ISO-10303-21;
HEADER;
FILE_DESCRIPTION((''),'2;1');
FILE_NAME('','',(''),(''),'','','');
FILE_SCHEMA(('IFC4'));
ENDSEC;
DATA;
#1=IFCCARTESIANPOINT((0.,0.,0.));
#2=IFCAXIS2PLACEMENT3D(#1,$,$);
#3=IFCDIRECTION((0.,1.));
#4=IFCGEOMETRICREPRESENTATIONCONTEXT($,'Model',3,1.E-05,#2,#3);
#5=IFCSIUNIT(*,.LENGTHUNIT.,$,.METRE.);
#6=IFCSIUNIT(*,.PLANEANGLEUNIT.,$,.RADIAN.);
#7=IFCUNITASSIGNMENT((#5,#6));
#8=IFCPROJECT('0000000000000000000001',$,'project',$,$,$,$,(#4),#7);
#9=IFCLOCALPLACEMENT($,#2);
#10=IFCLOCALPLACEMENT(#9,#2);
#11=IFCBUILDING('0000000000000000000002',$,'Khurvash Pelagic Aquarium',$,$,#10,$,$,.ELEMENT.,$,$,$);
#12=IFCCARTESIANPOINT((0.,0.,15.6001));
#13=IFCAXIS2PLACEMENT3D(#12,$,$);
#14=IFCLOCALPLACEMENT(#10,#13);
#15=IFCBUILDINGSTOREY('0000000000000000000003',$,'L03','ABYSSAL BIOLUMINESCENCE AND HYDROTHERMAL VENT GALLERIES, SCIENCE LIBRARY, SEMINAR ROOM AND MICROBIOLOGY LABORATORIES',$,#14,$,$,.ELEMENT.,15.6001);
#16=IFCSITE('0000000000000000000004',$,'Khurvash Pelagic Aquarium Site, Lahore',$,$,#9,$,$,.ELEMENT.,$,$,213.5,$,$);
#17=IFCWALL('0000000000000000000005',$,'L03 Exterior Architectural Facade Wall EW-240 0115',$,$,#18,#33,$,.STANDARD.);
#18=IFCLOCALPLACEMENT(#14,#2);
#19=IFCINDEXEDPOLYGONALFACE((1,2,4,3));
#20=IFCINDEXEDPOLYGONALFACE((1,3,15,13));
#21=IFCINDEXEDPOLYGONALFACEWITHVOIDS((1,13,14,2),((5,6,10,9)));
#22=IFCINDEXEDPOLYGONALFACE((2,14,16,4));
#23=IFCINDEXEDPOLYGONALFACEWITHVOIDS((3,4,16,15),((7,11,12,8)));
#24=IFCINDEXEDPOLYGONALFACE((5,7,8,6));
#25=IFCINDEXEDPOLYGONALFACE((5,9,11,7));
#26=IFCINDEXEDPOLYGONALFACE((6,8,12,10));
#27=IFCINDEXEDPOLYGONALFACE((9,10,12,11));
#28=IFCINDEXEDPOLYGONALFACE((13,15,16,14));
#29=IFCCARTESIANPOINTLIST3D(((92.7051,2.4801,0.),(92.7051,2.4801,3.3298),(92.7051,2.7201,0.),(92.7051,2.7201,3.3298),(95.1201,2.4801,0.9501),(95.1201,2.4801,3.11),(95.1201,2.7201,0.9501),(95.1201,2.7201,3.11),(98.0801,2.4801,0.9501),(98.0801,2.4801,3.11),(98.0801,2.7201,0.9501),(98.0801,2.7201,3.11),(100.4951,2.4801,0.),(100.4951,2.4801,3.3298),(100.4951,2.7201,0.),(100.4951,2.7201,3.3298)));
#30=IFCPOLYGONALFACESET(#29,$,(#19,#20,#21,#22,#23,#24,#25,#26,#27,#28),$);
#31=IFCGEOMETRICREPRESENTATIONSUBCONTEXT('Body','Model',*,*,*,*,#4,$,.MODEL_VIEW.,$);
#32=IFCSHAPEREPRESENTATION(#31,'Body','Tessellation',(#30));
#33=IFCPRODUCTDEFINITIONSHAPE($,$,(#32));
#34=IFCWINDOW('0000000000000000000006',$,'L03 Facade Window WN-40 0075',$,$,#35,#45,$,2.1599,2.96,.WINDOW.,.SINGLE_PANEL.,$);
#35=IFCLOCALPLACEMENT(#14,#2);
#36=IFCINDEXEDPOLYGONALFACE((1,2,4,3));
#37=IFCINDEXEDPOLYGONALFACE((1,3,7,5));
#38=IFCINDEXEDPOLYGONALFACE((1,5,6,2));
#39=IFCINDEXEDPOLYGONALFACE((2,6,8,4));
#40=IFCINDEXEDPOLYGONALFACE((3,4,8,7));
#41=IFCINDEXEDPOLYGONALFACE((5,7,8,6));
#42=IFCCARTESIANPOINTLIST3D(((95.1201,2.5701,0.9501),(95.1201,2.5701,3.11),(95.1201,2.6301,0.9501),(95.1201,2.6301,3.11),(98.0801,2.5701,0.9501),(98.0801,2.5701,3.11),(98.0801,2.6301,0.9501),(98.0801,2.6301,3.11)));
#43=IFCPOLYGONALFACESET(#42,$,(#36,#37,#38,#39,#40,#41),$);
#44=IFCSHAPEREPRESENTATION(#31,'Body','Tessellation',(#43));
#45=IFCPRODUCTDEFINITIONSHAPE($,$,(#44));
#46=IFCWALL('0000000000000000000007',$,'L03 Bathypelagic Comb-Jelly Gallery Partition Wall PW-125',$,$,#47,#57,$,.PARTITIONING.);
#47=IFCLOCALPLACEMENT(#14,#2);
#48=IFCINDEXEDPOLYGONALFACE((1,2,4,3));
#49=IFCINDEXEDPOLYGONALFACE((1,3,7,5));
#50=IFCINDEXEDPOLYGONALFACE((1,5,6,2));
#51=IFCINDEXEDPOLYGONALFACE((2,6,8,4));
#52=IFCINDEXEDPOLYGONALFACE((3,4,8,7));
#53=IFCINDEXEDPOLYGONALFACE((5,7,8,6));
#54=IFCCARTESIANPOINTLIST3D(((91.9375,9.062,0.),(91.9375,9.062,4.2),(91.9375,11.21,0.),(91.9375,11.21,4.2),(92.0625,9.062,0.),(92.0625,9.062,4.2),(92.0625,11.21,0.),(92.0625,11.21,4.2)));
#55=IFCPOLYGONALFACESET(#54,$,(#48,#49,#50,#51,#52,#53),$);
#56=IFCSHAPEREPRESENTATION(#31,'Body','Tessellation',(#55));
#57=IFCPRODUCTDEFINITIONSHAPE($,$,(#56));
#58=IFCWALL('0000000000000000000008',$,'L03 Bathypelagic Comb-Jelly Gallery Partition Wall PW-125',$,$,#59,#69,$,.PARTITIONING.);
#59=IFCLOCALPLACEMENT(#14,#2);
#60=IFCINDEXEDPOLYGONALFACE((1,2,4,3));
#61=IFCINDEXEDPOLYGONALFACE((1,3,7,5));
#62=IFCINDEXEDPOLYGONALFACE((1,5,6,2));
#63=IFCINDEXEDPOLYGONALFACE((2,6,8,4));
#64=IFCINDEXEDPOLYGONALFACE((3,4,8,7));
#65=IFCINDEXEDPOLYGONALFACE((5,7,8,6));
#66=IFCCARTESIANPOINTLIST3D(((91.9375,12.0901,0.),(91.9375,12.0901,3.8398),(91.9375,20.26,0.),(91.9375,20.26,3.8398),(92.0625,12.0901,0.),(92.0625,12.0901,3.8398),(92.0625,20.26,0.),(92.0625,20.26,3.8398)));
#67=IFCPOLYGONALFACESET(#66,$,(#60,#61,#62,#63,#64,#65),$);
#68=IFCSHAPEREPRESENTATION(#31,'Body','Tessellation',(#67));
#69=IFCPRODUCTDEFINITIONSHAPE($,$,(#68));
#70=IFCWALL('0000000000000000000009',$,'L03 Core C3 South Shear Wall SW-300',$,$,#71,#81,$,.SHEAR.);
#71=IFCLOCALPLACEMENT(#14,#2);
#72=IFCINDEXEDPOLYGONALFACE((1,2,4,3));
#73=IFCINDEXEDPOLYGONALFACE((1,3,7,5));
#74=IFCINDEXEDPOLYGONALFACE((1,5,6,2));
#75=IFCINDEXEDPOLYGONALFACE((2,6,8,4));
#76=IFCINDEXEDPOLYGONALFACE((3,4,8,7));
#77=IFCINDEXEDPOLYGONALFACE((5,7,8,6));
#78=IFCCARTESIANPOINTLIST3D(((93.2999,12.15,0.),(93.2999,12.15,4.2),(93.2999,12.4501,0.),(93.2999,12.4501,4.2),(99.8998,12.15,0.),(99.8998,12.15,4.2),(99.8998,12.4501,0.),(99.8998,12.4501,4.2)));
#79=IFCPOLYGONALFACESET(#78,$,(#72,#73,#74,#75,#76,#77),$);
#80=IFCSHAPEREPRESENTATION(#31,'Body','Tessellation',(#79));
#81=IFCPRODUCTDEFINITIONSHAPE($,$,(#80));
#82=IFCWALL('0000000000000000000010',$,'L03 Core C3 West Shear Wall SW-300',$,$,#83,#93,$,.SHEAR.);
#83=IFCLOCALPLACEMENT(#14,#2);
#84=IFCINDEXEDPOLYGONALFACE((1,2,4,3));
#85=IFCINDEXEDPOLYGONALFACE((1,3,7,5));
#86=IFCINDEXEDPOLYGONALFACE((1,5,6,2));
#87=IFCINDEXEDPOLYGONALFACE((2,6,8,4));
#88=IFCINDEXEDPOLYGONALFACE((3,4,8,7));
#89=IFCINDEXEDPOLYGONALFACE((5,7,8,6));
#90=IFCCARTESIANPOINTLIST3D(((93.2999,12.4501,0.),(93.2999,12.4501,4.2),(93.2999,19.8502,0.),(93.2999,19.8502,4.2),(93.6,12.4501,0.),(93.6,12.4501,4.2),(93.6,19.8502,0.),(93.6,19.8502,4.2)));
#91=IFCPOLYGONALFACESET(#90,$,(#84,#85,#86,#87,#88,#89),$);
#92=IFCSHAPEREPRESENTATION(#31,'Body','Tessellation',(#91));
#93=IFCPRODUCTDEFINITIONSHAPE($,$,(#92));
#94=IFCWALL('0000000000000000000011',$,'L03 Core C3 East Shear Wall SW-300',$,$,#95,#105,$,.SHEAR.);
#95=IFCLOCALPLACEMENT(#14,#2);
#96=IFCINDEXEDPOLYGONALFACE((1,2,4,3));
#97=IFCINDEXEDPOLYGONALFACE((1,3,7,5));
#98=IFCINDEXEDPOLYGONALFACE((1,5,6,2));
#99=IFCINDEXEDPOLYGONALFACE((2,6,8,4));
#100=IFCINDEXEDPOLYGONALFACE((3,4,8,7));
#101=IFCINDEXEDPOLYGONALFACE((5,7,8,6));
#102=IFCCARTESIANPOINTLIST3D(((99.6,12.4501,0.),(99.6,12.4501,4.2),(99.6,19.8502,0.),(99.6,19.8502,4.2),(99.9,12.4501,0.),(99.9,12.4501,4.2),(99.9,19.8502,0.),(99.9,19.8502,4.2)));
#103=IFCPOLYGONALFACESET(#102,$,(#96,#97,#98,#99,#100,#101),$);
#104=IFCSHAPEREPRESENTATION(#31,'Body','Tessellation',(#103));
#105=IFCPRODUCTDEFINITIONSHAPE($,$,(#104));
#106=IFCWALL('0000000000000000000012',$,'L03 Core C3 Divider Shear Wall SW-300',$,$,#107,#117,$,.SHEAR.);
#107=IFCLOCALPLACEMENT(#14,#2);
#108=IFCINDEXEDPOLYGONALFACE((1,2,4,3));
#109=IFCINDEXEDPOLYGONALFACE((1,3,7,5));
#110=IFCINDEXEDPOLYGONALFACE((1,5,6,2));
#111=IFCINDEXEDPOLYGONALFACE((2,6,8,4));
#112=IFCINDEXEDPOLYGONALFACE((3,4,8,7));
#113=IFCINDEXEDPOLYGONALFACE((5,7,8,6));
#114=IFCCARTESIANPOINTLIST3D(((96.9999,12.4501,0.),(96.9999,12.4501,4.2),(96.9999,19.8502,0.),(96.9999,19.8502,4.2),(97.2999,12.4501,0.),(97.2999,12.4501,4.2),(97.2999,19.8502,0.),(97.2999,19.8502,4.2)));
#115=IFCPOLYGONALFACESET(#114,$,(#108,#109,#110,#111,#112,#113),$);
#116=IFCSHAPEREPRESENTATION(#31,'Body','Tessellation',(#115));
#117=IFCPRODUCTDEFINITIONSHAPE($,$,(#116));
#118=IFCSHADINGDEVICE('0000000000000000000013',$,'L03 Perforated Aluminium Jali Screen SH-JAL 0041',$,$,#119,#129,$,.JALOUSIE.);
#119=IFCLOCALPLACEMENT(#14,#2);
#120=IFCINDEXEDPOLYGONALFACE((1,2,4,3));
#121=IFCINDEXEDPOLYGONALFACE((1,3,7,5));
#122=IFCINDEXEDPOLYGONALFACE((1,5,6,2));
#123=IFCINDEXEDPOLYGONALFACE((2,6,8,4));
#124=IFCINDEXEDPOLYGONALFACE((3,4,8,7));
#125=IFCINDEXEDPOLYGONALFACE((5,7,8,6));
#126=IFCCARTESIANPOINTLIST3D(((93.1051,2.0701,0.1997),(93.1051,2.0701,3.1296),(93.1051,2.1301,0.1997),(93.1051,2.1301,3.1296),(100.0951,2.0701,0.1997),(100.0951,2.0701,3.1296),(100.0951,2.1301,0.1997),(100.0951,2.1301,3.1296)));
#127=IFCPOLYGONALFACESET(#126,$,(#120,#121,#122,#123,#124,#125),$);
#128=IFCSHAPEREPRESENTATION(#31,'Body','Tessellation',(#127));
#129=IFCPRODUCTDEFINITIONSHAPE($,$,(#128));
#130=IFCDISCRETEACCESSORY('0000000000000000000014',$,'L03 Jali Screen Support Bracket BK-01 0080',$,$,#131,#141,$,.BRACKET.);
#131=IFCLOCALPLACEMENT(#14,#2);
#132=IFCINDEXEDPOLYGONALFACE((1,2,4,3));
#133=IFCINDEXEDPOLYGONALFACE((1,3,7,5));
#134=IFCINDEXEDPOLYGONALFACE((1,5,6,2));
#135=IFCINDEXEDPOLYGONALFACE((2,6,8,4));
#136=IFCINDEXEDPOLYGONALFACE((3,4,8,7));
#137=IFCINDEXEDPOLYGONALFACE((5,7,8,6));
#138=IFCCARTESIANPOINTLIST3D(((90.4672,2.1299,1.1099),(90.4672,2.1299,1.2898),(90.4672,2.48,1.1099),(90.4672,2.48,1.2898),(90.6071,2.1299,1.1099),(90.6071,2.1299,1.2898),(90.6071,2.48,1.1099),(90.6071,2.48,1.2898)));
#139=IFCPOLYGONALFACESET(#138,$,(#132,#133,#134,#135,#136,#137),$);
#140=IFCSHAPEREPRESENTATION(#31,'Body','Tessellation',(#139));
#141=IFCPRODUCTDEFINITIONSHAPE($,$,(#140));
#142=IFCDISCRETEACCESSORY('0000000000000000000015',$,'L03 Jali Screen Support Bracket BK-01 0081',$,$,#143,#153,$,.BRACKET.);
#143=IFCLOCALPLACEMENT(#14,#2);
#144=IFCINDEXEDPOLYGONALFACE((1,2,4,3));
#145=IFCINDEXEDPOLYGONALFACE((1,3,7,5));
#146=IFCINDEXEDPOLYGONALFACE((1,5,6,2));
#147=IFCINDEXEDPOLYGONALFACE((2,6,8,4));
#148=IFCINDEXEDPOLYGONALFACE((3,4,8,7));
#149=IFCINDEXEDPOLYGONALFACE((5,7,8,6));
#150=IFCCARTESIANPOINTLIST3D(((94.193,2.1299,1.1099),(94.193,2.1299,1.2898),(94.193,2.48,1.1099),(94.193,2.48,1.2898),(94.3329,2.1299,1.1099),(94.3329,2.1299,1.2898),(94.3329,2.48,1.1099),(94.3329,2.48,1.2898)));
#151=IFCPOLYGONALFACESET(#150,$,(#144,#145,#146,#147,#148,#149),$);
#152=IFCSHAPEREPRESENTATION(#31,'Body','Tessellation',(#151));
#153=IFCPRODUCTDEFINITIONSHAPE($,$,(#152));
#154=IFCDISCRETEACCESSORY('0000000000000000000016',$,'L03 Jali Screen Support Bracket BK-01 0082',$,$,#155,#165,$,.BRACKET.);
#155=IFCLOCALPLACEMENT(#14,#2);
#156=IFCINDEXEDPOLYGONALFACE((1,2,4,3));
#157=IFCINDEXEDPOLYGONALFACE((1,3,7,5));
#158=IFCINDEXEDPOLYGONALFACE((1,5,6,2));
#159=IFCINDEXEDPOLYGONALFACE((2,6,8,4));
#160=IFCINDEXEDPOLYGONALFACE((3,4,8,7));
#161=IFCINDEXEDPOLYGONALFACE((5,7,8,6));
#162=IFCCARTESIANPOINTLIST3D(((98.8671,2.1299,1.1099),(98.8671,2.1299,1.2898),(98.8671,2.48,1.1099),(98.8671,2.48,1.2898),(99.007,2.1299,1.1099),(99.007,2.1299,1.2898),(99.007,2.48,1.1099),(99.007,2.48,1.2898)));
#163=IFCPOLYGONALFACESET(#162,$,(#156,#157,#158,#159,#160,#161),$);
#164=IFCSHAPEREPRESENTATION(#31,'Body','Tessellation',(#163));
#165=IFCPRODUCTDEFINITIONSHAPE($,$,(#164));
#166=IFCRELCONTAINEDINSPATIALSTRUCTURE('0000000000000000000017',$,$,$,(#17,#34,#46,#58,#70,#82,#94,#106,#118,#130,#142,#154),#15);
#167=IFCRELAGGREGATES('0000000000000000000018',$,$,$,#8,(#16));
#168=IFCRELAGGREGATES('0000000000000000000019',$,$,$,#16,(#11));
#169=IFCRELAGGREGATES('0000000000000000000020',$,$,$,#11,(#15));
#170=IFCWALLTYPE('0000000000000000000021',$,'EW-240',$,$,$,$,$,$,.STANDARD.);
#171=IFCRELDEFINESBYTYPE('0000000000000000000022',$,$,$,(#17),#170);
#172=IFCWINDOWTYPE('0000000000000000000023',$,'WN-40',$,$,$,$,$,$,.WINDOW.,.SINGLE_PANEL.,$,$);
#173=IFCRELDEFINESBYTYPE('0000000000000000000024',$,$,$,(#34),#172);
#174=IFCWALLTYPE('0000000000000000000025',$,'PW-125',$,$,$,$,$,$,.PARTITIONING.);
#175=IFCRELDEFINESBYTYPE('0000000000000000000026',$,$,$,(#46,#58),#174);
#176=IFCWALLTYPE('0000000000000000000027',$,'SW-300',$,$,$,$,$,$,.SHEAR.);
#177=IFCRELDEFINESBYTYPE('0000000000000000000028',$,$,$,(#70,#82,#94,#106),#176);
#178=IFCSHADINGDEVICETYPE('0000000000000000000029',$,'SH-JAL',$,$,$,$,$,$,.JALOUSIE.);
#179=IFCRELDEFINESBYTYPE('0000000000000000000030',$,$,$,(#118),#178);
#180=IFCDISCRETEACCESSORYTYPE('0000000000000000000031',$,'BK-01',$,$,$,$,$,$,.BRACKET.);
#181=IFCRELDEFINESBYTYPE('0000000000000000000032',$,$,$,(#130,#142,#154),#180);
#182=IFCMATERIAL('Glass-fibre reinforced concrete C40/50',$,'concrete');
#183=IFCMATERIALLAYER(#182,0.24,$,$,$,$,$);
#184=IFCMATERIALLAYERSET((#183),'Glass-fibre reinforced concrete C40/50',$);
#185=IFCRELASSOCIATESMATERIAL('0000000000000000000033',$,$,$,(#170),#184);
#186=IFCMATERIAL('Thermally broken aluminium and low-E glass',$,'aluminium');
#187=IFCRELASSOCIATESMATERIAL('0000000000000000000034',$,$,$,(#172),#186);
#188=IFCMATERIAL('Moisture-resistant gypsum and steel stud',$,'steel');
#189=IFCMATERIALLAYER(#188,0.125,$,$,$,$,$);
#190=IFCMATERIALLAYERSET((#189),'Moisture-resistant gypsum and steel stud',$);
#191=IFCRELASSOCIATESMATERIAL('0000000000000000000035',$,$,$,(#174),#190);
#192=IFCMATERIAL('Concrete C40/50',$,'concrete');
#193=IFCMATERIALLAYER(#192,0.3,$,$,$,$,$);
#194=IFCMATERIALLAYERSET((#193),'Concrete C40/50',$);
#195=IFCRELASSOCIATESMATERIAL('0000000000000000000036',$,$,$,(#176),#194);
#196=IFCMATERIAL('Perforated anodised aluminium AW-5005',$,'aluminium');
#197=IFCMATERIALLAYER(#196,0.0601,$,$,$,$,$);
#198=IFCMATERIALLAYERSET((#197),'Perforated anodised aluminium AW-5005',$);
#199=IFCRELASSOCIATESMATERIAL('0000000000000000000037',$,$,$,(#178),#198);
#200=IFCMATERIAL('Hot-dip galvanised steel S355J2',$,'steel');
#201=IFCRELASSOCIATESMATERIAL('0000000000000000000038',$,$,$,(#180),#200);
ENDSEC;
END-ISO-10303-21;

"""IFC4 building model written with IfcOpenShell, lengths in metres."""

from ifc_helpers import new_model, si_unit, direction, frame, frame_2d, origin, origin_2d, place, context, subcontext, project, spatial, rectangle, extrude, material, layer, layer_set, type_object, element, fill, save


model = new_model("IFC4")

# Units and contexts
model_context = context("Model", 3, precision=1e-05, world=origin(), true_north=direction((0.0, 1.0)))
body_context = subcontext(model_context, "Body", "Model", "MODEL_VIEW")
ifc_project = project(units=[si_unit("LENGTHUNIT", "METRE"), si_unit("PLANEANGLEUNIT", "RADIAN")], contexts=[model_context])

# Site, building, storey
site_placement = place(None, origin())
site = spatial("IfcSite", under=ifc_project, at=site_placement, Name="Khurvash Pelagic Aquarium Site, Lahore", CompositionType="ELEMENT", RefElevation=213.5)
building_placement = place(site_placement, origin())
building = spatial("IfcBuilding", under=site, at=building_placement, Name="Khurvash Pelagic Aquarium", CompositionType="ELEMENT")
storey_placement = place(building_placement, frame((0.0, 0.0, 15.6001)))
storey = spatial("IfcBuildingStorey", under=building, at=storey_placement, Name="L03", Description="ABYSSAL BIOLUMINESCENCE AND HYDROTHERMAL VENT GALLERIES, SCIENCE LIBRARY, SEMINAR ROOM AND MICROBIOLOGY LABORATORIES", CompositionType="ELEMENT", Elevation=15.6001)

# Shared definitions
ifc_material_1 = material(Name="Concrete C40/50", Category="concrete")

# Wall, opening, window
ifc_material_2 = material(Name="Glass-fibre reinforced concrete C40/50", Category="concrete")
ifc_layer_1 = layer(ifc_material_2, 0.24)
ifc_layer_set_1 = layer_set([ifc_layer_1], Name="Glass-fibre reinforced concrete C40/50")
wall_type_1 = type_object("IfcWallType", Name="EW-240", PredefinedType="STANDARD", material=ifc_layer_set_1)
wall_1_placement = place(storey_placement, frame((92.7051, 2.6001, 0.0), z_axis=(0.0, 0.0, 1.0), x_axis=(1.0, 0.0, 0.0)))
wall_1 = element("IfcWall", 1, at=wall_1_placement, inside=storey, type_object=wall_type_1, Name="L03 Exterior Architectural Facade Wall EW-240 0115", PredefinedType="STANDARD", context=body_context, shape_type="SweptSolid", body=[
    extrude(rectangle(XDim=7.79, YDim=0.24, at=frame_2d((3.895, 0.0))), origin(), (0.0, 0.0, 1.0), 3.3298),
])
opening_placement = place(wall_1_placement, frame((2.415, 0.0, 0.95)))
opening = element("IfcOpeningElement", 2, at=opening_placement, cuts=wall_1, PredefinedType="OPENING", context=body_context, shape_type="SweptSolid", body=[
    extrude(rectangle(XDim=2.96, YDim=2.1599, at=frame_2d((1.48, 1.0801))), frame((0.0, 0.1299, 0.0), z_axis=(0.0, -1.0, 0.0), x_axis=(1.0, 0.0, 0.0)), (0.0, 0.0, 1.0), 0.26),
])
ifc_material_3 = material(Name="Thermally broken aluminium and low-E glass", Category="aluminium")
window_type = type_object("IfcWindowType", Name="WN-40", PartitioningType="SINGLE_PANEL", PredefinedType="WINDOW", material=ifc_material_3)
window_placement = place(opening_placement, origin())
window = element("IfcWindow", 3, at=window_placement, inside=storey, type_object=window_type, Name="L03 Facade Window WN-40 0075", OverallHeight=2.1599, OverallWidth=2.96, PartitioningType="SINGLE_PANEL", PredefinedType="WINDOW", context=body_context, shape_type="SweptSolid", body=[
    extrude(rectangle(XDim=2.96, YDim=2.1599, at=frame_2d((1.48, 1.0801))), frame((0.0, 0.03, 0.0), z_axis=(0.0, -1.0, 0.0), x_axis=(1.0, 0.0, 0.0)), (0.0, 0.0, 1.0), 0.0601),
])
fill(opening, window)

# Walls
ifc_material_4 = material(Name="Moisture-resistant gypsum and steel stud", Category="steel")
ifc_layer_2 = layer(ifc_material_4, 0.125)
ifc_layer_set_2 = layer_set([ifc_layer_2], Name="Moisture-resistant gypsum and steel stud")
wall_type_2 = type_object("IfcWallType", Name="PW-125", PredefinedType="PARTITIONING", material=ifc_layer_set_2)
wall_2_placement = place(storey_placement, frame((92.0, 9.062, 0.0), z_axis=(0.0, 0.0, 1.0), x_axis=(0.0, 1.0, 0.0)))
element("IfcWall", 4, at=wall_2_placement, inside=storey, type_object=wall_type_2, Name="L03 Bathypelagic Comb-Jelly Gallery Partition Wall PW-125", PredefinedType="PARTITIONING", context=body_context, shape_type="SweptSolid", body=[
    extrude(rectangle(XDim=2.1479, YDim=0.125, at=frame_2d((1.074, 0.0))), origin(), (0.0, 0.0, 1.0), 4.2),
])
wall_3_placement = place(storey_placement, frame((92.0, 12.0901, 0.0), z_axis=(0.0, 0.0, 1.0), x_axis=(0.0, 1.0, 0.0)))
element("IfcWall", 5, at=wall_3_placement, inside=storey, type_object=wall_type_2, Name="L03 Bathypelagic Comb-Jelly Gallery Partition Wall PW-125", PredefinedType="PARTITIONING", context=body_context, shape_type="SweptSolid", body=[
    extrude(rectangle(XDim=8.1699, YDim=0.125, at=frame_2d((4.085, 0.0))), origin(), (0.0, 0.0, 1.0), 3.8398),
])
ifc_layer_3 = layer(ifc_material_1, 0.3)
ifc_layer_set_3 = layer_set([ifc_layer_3], Name="Concrete C40/50")
wall_type_3 = type_object("IfcWallType", Name="SW-300", PredefinedType="SHEAR", material=ifc_layer_set_3)
wall_4_placement = place(storey_placement, frame((93.3, 12.3, 0.0), z_axis=(0.0, 0.0, 1.0), x_axis=(1.0, 0.0, 0.0)))
element("IfcWall", 6, at=wall_4_placement, inside=storey, type_object=wall_type_3, Name="L03 Core C3 South Shear Wall SW-300", PredefinedType="SHEAR", context=body_context, shape_type="SweptSolid", body=[
    extrude(rectangle(XDim=6.5999, YDim=0.3, at=frame_2d((3.2998, 0.0))), origin(), (0.0, 0.0, 1.0), 4.2),
])
for number, where, z_axis, x_axis, name in (
    (7, (93.45, 12.45, 0.0), (0.0, 0.0, 1.0), (0.0, 1.0, 0.0), "L03 Core C3 West Shear Wall SW-300"),
    (8, (99.75, 12.45, 0.0), (0.0, 0.0, 1.0), (0.0, 1.0, 0.0), "L03 Core C3 East Shear Wall SW-300"),
    (9, (97.1499, 12.45, 0.0), (0.0, 0.0, 1.0), (0.0, 1.0, 0.0), "L03 Core C3 Divider Shear Wall SW-300"),
):
    element("IfcWall", number, at=place(storey_placement, frame(where, z_axis=z_axis, x_axis=x_axis)), inside=storey, type_object=wall_type_3, Name=name, PredefinedType="SHEAR", context=body_context, shape_type="SweptSolid", body=[
        extrude(rectangle(XDim=7.4001, YDim=0.3, at=frame_2d((3.7002, 0.0))), origin(), (0.0, 0.0, 1.0), 4.2),
    ])

# Shading device
ifc_material_5 = material(Name="Perforated anodised aluminium AW-5005", Category="aluminium")
ifc_layer_4 = layer(ifc_material_5, 0.0601)
ifc_layer_set_4 = layer_set([ifc_layer_4], Name="Perforated anodised aluminium AW-5005")
shading_device_type = type_object("IfcShadingDeviceType", Name="SH-JAL", PredefinedType="JALOUSIE", material=ifc_layer_set_4)
shading_device_placement = place(storey_placement, frame((96.6001, 2.1001, 0.1997), z_axis=(0.0, 0.0, 1.0), x_axis=(1.0, 0.0, 0.0)))
element("IfcShadingDevice", 10, at=shading_device_placement, inside=storey, type_object=shading_device_type, Name="L03 Perforated Aluminium Jali Screen SH-JAL 0041", PredefinedType="JALOUSIE", context=body_context, shape_type="SweptSolid", body=[
    extrude(rectangle(XDim=6.99, YDim=0.0601, at=origin_2d()), origin(), (0.0, 0.0, 1.0), 2.9299),
])

# Discrete accessories
ifc_material_6 = material(Name="Hot-dip galvanised steel S355J2", Category="steel")
discrete_accessory_type = type_object("IfcDiscreteAccessoryType", Name="BK-01", PredefinedType="BRACKET", material=ifc_material_6)
for number, where, z_axis, x_axis, name in (
    (11, (90.5371, 2.3049, 1.1099), (0.0, 0.0, 1.0), (1.0, 0.0, 0.0), "L03 Jali Screen Support Bracket BK-01 0080"),
    (12, (94.2629, 2.3049, 1.1099), (0.0, 0.0, 1.0), (1.0, 0.0, 0.0), "L03 Jali Screen Support Bracket BK-01 0081"),
    (13, (98.937, 2.3049, 1.1099), (0.0, 0.0, 1.0), (1.0, 0.0, 0.0), "L03 Jali Screen Support Bracket BK-01 0082"),
):
    element("IfcDiscreteAccessory", number, at=place(storey_placement, frame(where, z_axis=z_axis, x_axis=x_axis)), inside=storey, type_object=discrete_accessory_type, Name=name, PredefinedType="BRACKET", context=body_context, shape_type="SweptSolid", body=[
        extrude(rectangle(XDim=0.1399, YDim=0.3501, at=origin_2d()), origin(), (0.0, 0.0, 1.0), 0.1799),
    ])

save(model, "model.ifc")
